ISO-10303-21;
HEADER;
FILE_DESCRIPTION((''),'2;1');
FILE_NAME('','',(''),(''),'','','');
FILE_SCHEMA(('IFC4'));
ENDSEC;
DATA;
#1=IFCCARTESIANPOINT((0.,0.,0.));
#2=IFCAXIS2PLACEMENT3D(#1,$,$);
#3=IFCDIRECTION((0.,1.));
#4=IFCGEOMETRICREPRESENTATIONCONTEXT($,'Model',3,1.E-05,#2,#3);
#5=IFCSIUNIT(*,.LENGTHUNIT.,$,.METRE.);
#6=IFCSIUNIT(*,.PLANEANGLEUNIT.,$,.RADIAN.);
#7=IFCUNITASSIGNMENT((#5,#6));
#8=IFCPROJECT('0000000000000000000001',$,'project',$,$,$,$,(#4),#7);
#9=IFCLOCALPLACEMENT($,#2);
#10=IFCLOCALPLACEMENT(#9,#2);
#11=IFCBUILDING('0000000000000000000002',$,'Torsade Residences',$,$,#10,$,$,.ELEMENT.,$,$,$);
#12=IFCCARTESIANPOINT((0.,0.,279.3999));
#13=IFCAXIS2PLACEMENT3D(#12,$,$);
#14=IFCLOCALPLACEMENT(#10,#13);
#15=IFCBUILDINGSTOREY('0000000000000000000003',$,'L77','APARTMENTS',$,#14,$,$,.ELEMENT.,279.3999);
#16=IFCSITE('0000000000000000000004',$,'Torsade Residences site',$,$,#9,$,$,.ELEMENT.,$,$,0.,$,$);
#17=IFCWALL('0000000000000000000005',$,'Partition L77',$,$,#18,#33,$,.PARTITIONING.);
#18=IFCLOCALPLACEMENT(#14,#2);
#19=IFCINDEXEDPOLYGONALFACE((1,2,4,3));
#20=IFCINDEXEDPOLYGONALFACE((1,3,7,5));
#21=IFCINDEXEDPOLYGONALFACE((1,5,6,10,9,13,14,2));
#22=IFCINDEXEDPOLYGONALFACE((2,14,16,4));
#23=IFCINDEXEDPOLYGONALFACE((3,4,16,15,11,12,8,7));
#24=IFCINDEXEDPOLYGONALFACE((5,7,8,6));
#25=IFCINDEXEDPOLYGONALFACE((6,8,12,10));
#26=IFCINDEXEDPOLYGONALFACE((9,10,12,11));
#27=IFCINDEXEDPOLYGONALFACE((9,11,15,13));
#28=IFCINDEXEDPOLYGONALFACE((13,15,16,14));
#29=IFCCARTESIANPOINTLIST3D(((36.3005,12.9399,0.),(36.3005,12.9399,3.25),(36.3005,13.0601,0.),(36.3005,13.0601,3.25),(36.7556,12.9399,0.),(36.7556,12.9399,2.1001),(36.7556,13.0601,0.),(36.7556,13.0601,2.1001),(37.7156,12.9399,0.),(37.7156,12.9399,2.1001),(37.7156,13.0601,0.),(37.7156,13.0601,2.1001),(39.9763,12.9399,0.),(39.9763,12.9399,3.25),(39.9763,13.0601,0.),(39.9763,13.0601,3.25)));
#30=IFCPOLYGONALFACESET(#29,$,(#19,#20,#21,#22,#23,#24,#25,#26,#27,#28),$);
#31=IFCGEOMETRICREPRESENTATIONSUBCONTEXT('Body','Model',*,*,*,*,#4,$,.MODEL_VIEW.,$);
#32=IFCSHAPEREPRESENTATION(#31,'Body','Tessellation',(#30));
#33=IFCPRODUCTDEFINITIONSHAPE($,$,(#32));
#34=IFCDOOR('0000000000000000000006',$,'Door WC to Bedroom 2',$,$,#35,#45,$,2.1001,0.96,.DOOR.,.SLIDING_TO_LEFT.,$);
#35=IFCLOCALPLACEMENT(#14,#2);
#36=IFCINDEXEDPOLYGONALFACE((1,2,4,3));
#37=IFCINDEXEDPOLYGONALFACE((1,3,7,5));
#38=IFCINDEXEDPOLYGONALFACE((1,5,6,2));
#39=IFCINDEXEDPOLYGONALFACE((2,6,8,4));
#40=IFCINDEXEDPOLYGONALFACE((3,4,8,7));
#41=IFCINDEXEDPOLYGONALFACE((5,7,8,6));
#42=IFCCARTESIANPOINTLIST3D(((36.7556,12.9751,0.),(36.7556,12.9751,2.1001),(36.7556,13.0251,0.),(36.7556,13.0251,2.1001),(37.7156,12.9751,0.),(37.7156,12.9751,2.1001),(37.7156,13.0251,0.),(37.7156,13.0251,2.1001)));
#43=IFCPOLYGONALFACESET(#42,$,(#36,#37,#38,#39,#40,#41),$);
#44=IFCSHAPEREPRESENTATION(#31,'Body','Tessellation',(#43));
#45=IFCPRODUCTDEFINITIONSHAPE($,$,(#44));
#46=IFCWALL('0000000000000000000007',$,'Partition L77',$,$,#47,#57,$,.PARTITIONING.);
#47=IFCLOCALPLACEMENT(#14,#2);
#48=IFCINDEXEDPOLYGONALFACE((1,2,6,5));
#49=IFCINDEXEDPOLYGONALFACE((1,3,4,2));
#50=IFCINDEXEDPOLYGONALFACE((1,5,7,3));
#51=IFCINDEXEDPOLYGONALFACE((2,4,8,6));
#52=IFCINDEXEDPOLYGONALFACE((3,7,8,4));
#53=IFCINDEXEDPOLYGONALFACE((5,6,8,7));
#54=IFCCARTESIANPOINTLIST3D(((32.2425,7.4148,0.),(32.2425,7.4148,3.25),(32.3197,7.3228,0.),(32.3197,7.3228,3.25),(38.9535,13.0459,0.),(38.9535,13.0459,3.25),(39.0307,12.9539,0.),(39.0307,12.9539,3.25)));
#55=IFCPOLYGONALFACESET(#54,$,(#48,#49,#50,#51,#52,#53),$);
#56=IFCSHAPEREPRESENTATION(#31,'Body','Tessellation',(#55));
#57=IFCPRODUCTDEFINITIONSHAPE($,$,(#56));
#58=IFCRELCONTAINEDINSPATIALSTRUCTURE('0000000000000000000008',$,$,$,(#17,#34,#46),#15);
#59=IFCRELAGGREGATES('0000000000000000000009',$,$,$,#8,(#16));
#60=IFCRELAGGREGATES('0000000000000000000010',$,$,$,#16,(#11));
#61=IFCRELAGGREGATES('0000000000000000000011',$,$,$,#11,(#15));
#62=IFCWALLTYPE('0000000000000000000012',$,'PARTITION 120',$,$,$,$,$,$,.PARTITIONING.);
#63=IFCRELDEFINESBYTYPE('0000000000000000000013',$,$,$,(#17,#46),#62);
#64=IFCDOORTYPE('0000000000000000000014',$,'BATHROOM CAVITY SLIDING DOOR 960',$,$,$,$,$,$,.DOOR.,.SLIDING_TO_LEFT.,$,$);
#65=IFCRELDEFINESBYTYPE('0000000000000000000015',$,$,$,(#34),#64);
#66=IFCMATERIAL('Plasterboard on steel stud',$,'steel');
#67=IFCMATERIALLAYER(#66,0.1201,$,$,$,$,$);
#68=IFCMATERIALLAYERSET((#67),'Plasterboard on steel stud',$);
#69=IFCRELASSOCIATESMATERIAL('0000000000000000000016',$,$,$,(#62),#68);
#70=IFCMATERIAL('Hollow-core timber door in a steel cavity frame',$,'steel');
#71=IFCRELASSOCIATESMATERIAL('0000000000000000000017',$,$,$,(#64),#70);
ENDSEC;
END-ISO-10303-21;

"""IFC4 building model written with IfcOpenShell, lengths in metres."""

from ifc_helpers import new_model, si_unit, direction, frame, frame_2d, origin, place, context, subcontext, project, spatial, rectangle, extrude, material, layer, layer_set, type_object, element, fill, save


model = new_model("IFC4")

# Units and contexts
model_context = context("Model", 3, precision=1e-05, world=origin(), true_north=direction((0.0, 1.0)))
body_context = subcontext(model_context, "Body", "Model", "MODEL_VIEW")
ifc_project = project(units=[si_unit("LENGTHUNIT", "METRE"), si_unit("PLANEANGLEUNIT", "RADIAN")], contexts=[model_context])

# Site, building, storey
site_placement = place(None, origin())
site = spatial("IfcSite", under=ifc_project, at=site_placement, Name="Torsade Residences site", CompositionType="ELEMENT", RefElevation=0.0)
building_placement = place(site_placement, origin())
building = spatial("IfcBuilding", under=site, at=building_placement, Name="Torsade Residences", CompositionType="ELEMENT")
storey_placement = place(building_placement, frame((0.0, 0.0, 279.3999)))
storey = spatial("IfcBuildingStorey", under=building, at=storey_placement, Name="L77", Description="APARTMENTS", CompositionType="ELEMENT", Elevation=279.3999)

# Wall, opening, door
ifc_material_1 = material(Name="Plasterboard on steel stud", Category="steel")
ifc_layer_1 = layer(ifc_material_1, 0.1201)
ifc_layer_set_1 = layer_set([ifc_layer_1], Name="Plasterboard on steel stud")
wall_type = type_object("IfcWallType", Name="PARTITION 120", PredefinedType="PARTITIONING", material=ifc_layer_set_1)
wall_1_placement = place(storey_placement, frame((39.9763, 13.0, 0.0), z_axis=(0.0, 0.0, 1.0), x_axis=(-1.0, 0.0, 0.0)))
wall_1 = element("IfcWall", 1, at=wall_1_placement, inside=storey, type_object=wall_type, Name="Partition L77", PredefinedType="PARTITIONING", context=body_context, shape_type="SweptSolid", body=[
    extrude(rectangle(XDim=3.6758, YDim=0.1201, at=frame_2d((1.8379, 0.0))), origin(), (0.0, 0.0, 1.0), 3.25),
])
opening_placement = place(wall_1_placement, frame((2.2607, 0.0, 0.0)))
opening = element("IfcOpeningElement", 2, at=opening_placement, cuts=wall_1, PredefinedType="OPENING", context=body_context, shape_type="SweptSolid", body=[
    extrude(rectangle(XDim=0.96, YDim=2.1001, at=frame_2d((0.48, 1.05))), frame((0.0, 0.0701, 0.0), z_axis=(0.0, -1.0, 0.0), x_axis=(1.0, 0.0, 0.0)), (0.0, 0.0, 1.0), 0.1401),
])
ifc_material_2 = material(Name="Hollow-core timber door in a steel cavity frame", Category="steel")
door_type = type_object("IfcDoorType", Name="BATHROOM CAVITY SLIDING DOOR 960", OperationType="SLIDING_TO_LEFT", PredefinedType="DOOR", material=ifc_material_2)
door_placement = place(opening_placement, origin())
door = element("IfcDoor", 3, at=door_placement, inside=storey, type_object=door_type, Name="Door WC to Bedroom 2", OperationType="SLIDING_TO_LEFT", OverallHeight=2.1001, OverallWidth=0.96, PredefinedType="DOOR", context=body_context, shape_type="SweptSolid", body=[
    extrude(rectangle(XDim=0.96, YDim=2.1001, at=frame_2d((0.48, 1.05))), frame((0.0, 0.0249, 0.0), z_axis=(0.0, -1.0, 0.0), x_axis=(1.0, 0.0, 0.0)), (0.0, 0.0, 1.0), 0.05),
])
fill(opening, door)

# Wall
wall_2_placement = place(storey_placement, frame((38.9922, 13.0, 0.0), z_axis=(0.0, 0.0, 1.0), x_axis=(-0.766047, -0.642785, 0.0)))
element("IfcWall", 4, at=wall_2_placement, inside=storey, type_object=wall_type, Name="Partition L77", PredefinedType="PARTITIONING", context=body_context, shape_type="SweptSolid", body=[
    extrude(rectangle(XDim=8.7605, YDim=0.1201, at=frame_2d((4.3804, 0.0))), origin(), (0.0, 0.0, 1.0), 3.25),
])

save(model, "model.ifc")
